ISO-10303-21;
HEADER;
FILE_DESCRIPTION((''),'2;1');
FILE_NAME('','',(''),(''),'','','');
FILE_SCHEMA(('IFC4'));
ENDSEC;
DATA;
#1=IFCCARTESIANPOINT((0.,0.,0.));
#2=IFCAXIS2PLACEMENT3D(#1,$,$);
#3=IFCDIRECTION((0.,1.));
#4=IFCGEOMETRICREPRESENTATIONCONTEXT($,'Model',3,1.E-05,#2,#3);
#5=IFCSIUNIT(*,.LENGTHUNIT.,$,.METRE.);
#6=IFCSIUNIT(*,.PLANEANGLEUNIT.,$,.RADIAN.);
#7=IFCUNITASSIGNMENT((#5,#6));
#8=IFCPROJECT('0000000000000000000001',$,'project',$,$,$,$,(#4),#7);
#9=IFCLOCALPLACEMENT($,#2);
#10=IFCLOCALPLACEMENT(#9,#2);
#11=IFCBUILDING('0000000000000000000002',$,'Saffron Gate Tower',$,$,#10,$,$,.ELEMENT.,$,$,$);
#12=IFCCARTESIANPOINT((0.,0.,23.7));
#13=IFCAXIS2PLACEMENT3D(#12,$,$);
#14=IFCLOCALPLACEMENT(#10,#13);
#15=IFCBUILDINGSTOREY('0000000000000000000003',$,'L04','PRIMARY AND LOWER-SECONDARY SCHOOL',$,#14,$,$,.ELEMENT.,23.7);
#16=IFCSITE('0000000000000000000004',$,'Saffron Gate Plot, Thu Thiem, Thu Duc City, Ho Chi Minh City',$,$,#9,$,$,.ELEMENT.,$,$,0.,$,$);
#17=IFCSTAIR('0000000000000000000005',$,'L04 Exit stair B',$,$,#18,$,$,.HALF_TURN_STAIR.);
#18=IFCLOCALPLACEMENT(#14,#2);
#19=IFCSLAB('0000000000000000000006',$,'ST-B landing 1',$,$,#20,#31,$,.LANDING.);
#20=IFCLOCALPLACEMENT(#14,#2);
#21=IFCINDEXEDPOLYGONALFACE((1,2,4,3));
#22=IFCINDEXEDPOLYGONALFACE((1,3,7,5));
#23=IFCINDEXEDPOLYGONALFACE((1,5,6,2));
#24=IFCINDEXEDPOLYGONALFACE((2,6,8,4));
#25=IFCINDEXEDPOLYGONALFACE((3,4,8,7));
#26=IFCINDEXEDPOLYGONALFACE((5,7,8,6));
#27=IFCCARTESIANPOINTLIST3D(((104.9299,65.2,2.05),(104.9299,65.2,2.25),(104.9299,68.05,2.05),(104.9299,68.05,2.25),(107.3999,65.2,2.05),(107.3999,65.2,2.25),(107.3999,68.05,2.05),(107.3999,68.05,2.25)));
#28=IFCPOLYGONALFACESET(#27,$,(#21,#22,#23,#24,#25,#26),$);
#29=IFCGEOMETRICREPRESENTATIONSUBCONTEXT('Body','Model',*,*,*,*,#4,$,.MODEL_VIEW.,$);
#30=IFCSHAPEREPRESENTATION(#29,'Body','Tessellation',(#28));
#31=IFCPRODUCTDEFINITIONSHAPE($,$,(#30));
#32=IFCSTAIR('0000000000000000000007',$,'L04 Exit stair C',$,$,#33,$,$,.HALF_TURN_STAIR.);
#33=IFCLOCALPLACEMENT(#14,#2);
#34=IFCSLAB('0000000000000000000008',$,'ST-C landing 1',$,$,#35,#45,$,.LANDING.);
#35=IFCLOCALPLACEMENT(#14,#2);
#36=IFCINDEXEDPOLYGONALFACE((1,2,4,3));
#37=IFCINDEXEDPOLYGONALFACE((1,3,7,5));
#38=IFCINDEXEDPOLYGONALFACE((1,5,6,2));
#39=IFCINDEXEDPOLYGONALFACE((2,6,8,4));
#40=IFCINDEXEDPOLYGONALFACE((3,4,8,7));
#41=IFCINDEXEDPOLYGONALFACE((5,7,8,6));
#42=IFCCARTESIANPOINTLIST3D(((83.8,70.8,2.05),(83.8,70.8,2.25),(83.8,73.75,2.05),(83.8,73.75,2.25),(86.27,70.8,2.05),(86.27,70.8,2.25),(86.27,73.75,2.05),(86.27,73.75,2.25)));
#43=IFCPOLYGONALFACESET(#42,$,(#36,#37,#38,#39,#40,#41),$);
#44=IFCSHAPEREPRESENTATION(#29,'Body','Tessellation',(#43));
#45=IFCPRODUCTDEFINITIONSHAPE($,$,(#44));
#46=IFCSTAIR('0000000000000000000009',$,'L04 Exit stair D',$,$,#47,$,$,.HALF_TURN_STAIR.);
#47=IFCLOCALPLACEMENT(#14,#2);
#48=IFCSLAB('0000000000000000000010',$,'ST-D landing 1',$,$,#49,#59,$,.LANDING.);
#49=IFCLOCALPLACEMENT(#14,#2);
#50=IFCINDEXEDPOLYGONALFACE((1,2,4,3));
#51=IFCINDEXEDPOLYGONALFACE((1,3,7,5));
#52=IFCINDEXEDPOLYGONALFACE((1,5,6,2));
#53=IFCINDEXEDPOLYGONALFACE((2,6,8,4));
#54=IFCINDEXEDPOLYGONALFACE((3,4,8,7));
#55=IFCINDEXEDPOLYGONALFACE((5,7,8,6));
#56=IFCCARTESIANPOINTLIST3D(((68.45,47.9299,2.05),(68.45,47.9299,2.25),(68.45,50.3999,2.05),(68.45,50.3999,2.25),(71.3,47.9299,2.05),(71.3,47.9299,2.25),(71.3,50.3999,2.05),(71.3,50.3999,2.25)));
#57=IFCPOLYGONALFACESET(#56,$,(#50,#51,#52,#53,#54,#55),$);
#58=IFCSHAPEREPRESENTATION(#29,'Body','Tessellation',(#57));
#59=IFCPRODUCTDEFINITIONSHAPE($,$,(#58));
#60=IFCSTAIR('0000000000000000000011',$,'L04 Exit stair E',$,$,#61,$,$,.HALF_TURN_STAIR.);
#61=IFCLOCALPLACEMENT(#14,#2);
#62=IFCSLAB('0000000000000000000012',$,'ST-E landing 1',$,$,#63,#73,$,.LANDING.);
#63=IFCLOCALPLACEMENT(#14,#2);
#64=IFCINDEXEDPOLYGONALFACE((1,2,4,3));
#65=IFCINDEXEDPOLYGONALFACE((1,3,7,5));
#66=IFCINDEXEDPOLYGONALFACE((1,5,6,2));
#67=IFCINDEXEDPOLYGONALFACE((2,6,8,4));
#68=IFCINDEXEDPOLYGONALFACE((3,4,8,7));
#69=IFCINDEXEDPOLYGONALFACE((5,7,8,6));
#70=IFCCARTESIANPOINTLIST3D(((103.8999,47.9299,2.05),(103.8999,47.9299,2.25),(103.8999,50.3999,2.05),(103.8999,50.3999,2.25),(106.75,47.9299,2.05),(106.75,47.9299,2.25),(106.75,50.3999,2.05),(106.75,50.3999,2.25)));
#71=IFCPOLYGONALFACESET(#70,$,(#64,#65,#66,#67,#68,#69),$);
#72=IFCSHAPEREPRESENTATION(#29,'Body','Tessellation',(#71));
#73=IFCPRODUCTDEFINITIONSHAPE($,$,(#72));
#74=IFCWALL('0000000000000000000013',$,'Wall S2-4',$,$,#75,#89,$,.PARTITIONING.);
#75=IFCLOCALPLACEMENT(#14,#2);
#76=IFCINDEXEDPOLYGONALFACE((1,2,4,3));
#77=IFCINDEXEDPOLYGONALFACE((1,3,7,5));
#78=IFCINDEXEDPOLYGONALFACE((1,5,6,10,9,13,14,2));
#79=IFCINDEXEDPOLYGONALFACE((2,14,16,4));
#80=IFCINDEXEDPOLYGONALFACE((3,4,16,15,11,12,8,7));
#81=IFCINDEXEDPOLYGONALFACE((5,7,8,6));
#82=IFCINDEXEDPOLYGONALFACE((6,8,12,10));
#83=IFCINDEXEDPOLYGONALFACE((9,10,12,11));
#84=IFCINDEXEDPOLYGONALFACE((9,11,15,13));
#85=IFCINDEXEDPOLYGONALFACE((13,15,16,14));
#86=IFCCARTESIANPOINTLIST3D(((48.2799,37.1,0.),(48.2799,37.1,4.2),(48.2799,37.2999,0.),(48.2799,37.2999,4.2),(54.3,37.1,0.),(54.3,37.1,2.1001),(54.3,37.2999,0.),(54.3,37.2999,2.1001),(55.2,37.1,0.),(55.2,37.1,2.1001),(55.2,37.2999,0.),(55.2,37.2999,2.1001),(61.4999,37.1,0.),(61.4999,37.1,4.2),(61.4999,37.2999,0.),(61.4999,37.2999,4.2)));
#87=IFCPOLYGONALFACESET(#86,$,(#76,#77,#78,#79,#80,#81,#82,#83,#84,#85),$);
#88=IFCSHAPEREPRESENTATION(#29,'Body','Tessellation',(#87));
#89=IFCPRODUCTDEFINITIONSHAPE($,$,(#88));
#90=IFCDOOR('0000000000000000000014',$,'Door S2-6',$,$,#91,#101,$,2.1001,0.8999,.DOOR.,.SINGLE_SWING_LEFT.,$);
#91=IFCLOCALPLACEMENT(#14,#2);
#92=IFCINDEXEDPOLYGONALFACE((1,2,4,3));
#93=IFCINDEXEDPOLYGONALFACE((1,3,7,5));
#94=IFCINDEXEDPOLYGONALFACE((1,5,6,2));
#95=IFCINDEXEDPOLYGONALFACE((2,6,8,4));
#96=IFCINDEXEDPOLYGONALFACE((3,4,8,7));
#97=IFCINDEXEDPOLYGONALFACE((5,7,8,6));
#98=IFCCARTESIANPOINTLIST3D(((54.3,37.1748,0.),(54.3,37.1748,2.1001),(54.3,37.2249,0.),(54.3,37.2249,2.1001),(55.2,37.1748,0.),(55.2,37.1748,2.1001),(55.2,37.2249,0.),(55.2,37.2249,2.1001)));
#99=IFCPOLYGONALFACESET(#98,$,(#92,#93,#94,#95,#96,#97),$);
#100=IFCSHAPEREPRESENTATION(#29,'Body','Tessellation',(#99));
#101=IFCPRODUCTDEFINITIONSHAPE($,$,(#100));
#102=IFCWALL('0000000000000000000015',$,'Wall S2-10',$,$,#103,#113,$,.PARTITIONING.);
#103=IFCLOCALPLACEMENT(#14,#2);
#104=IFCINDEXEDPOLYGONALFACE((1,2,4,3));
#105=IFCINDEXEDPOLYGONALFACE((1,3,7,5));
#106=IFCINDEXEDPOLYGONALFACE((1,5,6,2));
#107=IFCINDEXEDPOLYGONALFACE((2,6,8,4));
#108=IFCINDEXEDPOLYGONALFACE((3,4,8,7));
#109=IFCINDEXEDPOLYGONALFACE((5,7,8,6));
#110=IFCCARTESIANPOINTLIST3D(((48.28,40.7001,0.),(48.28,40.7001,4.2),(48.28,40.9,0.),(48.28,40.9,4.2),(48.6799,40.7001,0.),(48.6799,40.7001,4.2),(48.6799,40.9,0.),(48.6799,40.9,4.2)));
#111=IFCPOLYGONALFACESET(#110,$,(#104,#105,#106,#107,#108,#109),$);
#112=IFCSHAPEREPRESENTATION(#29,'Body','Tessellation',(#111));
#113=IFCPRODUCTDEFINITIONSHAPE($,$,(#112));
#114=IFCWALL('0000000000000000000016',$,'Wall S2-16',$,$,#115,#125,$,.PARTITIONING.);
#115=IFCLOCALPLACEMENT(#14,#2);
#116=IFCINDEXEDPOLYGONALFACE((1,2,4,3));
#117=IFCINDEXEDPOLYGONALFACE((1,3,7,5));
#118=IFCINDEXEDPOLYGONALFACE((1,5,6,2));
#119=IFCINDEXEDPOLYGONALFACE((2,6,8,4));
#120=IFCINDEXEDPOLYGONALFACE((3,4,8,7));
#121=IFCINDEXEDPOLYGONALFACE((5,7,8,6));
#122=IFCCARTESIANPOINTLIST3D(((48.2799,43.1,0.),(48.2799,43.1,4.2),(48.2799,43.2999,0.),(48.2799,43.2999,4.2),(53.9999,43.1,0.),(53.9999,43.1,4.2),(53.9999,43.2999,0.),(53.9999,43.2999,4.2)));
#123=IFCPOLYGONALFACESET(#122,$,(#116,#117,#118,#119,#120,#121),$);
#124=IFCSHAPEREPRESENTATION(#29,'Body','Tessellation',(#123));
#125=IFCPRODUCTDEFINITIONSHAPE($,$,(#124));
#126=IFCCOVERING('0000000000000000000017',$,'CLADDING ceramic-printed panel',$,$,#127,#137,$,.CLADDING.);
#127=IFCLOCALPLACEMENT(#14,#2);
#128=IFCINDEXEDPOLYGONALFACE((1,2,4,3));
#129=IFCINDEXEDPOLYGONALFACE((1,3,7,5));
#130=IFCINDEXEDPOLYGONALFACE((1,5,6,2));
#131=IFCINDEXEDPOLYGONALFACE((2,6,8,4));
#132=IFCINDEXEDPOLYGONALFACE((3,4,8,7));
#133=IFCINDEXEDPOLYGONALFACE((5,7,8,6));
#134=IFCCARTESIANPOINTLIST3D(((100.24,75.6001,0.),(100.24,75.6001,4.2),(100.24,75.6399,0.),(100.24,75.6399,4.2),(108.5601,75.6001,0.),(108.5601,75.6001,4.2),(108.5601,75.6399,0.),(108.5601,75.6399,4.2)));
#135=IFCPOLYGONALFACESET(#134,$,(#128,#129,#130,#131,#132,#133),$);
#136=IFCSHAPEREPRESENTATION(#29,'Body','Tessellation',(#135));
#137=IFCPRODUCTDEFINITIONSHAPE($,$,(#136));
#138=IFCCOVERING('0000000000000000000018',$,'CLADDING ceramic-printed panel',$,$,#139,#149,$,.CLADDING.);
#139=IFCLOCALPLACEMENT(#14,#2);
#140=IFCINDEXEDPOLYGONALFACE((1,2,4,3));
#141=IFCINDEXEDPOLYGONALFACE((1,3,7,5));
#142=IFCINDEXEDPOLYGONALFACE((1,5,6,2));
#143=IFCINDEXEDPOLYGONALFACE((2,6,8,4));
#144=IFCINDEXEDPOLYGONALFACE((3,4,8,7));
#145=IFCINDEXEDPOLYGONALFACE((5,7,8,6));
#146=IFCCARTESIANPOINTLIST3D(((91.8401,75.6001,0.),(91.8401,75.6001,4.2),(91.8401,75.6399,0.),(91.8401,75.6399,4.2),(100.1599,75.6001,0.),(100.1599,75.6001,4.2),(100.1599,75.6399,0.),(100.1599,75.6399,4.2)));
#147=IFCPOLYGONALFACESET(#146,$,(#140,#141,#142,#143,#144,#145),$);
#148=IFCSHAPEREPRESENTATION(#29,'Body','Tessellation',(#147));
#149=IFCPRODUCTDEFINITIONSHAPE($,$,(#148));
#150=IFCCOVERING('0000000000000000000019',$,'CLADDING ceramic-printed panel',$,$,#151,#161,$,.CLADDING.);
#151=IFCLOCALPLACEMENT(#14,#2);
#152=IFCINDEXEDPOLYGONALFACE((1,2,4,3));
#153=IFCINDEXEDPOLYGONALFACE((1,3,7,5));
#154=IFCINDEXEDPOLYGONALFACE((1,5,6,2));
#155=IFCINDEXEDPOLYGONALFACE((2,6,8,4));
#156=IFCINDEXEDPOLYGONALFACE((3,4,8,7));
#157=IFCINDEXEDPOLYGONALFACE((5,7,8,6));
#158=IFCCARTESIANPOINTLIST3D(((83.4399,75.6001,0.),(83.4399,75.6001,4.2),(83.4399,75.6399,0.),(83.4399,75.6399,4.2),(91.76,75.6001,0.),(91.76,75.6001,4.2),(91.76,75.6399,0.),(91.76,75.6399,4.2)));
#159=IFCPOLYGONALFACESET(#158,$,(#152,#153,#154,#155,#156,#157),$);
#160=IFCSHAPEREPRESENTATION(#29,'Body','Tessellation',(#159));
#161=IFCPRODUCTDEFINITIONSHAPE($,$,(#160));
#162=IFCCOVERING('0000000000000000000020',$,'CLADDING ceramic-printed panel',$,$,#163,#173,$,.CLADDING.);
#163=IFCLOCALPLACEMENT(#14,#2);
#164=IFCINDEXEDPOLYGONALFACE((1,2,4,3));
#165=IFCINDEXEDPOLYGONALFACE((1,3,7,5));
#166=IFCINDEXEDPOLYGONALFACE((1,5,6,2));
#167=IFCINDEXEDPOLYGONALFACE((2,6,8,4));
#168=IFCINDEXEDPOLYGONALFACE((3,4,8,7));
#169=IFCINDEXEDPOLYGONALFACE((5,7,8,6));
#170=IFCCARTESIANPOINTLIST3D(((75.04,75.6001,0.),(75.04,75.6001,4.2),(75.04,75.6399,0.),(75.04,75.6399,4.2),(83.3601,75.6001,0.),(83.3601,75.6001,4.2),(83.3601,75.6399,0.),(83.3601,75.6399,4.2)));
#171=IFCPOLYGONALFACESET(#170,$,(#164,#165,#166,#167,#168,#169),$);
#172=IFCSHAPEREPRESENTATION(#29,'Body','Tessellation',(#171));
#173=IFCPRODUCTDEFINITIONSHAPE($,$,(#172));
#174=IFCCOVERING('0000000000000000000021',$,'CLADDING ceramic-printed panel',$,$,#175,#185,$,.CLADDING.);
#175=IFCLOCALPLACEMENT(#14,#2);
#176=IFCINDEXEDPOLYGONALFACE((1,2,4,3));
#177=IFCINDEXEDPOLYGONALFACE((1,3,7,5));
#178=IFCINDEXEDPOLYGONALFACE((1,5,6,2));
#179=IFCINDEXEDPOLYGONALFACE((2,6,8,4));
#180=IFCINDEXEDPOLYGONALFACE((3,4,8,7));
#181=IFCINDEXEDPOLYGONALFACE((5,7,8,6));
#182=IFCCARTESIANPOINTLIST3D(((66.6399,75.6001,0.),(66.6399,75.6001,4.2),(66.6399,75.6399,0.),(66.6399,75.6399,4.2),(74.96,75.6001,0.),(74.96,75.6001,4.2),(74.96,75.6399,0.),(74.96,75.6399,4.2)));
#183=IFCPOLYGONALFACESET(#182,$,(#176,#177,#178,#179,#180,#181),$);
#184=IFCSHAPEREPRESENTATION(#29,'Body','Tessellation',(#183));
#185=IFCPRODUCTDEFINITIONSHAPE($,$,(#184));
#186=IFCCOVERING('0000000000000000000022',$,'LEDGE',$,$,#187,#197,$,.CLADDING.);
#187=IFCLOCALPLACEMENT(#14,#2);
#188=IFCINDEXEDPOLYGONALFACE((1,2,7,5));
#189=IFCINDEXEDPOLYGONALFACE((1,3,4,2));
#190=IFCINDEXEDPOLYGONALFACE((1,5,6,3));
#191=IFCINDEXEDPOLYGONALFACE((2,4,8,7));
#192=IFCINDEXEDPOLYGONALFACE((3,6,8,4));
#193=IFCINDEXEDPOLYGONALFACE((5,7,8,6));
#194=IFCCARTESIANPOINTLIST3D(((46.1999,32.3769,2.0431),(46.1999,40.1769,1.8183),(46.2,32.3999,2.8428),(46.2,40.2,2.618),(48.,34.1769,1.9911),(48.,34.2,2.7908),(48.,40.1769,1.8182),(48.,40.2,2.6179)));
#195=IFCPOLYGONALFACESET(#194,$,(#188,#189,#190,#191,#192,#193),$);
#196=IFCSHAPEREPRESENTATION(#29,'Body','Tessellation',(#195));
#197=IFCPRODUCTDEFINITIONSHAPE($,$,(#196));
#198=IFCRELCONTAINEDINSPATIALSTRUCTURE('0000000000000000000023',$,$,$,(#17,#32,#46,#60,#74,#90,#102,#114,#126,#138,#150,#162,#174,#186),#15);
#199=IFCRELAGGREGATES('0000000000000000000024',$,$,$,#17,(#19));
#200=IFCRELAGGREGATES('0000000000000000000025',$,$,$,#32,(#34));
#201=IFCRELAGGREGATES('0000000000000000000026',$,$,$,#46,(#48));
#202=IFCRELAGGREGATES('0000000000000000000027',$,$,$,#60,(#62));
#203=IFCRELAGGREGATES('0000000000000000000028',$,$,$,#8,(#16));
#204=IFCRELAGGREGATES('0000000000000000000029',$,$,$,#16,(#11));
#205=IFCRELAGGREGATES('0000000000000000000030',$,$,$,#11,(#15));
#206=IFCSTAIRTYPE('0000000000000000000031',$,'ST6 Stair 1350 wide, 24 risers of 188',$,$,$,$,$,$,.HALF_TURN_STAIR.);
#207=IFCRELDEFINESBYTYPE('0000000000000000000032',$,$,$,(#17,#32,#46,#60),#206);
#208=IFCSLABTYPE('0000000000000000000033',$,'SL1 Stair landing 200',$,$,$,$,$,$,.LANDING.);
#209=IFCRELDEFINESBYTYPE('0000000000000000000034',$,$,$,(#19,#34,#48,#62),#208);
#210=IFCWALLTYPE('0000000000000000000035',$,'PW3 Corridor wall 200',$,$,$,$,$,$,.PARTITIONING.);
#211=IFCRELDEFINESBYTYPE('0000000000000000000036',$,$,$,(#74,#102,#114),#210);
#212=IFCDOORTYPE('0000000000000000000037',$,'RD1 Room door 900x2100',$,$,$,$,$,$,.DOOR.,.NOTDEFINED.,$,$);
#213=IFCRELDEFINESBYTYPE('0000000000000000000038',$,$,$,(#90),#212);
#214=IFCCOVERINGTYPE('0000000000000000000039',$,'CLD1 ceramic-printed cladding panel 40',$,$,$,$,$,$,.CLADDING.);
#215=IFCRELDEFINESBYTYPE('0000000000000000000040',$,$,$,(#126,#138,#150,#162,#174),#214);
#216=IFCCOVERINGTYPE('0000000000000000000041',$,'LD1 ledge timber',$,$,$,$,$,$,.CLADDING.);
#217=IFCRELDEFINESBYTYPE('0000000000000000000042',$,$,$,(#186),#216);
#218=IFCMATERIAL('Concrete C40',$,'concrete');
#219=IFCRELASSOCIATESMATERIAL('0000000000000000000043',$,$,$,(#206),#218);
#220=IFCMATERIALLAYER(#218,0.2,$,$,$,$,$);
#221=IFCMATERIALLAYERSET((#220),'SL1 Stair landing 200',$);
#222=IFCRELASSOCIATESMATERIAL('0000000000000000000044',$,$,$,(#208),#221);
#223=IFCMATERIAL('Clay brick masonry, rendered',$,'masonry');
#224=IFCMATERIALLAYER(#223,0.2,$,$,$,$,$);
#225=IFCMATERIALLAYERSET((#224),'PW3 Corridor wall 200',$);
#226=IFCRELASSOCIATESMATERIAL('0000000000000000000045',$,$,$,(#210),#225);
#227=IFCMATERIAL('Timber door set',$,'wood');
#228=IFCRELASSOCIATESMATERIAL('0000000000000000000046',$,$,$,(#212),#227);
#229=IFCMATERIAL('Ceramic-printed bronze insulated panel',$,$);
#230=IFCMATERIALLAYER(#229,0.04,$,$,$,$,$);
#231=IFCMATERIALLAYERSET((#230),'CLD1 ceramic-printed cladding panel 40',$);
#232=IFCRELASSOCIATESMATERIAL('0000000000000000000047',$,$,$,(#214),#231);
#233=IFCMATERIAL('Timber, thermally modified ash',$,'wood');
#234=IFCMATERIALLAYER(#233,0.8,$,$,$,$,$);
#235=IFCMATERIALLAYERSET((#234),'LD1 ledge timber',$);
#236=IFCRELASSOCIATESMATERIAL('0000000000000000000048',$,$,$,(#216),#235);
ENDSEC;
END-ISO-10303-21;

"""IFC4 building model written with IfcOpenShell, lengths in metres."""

from ifc_helpers import new_model, si_unit, direction, frame, frame_2d, origin, place, context, subcontext, project, spatial, polyline, rectangle, outline, extrude, material, layer, layer_set, type_object, element, fill, aggregate, save


model = new_model("IFC4")

# Units and contexts
model_context = context("Model", 3, precision=1e-05, world=origin(), true_north=direction((0.0, 1.0)))
body_context = subcontext(model_context, "Body", "Model", "MODEL_VIEW")
ifc_project = project(units=[si_unit("LENGTHUNIT", "METRE"), si_unit("PLANEANGLEUNIT", "RADIAN")], contexts=[model_context])

# Site, building, storey
site_placement = place(None, origin())
site = spatial("IfcSite", under=ifc_project, at=site_placement, Name="Saffron Gate Plot, Thu Thiem, Thu Duc City, Ho Chi Minh City", CompositionType="ELEMENT", RefElevation=0.0)
building_placement = place(site_placement, origin())
building = spatial("IfcBuilding", under=site, at=building_placement, Name="Saffron Gate Tower", CompositionType="ELEMENT")
storey_placement = place(building_placement, frame((0.0, 0.0, 23.7)))
storey = spatial("IfcBuildingStorey", under=building, at=storey_placement, Name="L04", Description="PRIMARY AND LOWER-SECONDARY SCHOOL", CompositionType="ELEMENT", Elevation=23.7)

# Shared definitions
ifc_material_1 = material(Name="Concrete C40", Category="concrete")

# Stairs, slabs
stair_type = type_object("IfcStairType", Name="ST6 Stair 1350 wide, 24 risers of 188", PredefinedType="HALF_TURN_STAIR", material=ifc_material_1)
ifc_layer_1 = layer(ifc_material_1, 0.2)
ifc_layer_set_1 = layer_set([ifc_layer_1], Name="SL1 Stair landing 200")
slab_type_1 = type_object("IfcSlabType", Name="SL1 Stair landing 200", PredefinedType="LANDING", material=ifc_layer_set_1)
stair_1_placement = place(storey_placement, origin())
stair_1 = element("IfcStair", 1, at=stair_1_placement, inside=storey, type_object=stair_type, Name="L04 Exit stair B", PredefinedType="HALF_TURN_STAIR")
slab_1_placement = place(storey_placement, frame((0.0, 0.0, 2.05)))
slab_1 = element("IfcSlab", 2, at=slab_1_placement, type_object=slab_type_1, Name="ST-B landing 1", PredefinedType="LANDING", context=body_context, shape_type="SweptSolid", body=[
    extrude(outline(polyline([(104.9299, 65.2), (107.3999, 65.2), (107.3999, 68.05), (104.9299, 68.05), (104.9299, 65.2)])), origin(), (0.0, 0.0, 1.0), 0.2),
])
aggregate(stair_1, [slab_1])
stair_2_placement = place(storey_placement, origin())
stair_2 = element("IfcStair", 3, at=stair_2_placement, inside=storey, type_object=stair_type, Name="L04 Exit stair C", PredefinedType="HALF_TURN_STAIR")
slab_2_placement = place(storey_placement, frame((0.0, 0.0, 2.05)))
slab_2 = element("IfcSlab", 4, at=slab_2_placement, type_object=slab_type_1, Name="ST-C landing 1", PredefinedType="LANDING", context=body_context, shape_type="SweptSolid", body=[
    extrude(outline(polyline([(86.27, 73.75), (83.8, 73.75), (83.8, 70.8), (86.27, 70.8), (86.27, 73.75)])), origin(), (0.0, 0.0, 1.0), 0.2),
])
aggregate(stair_2, [slab_2])
stair_3_placement = place(storey_placement, origin())
stair_3 = element("IfcStair", 5, at=stair_3_placement, inside=storey, type_object=stair_type, Name="L04 Exit stair D", PredefinedType="HALF_TURN_STAIR")
slab_3_placement = place(storey_placement, frame((0.0, 0.0, 2.05)))
slab_3 = element("IfcSlab", 6, at=slab_3_placement, type_object=slab_type_1, Name="ST-D landing 1", PredefinedType="LANDING", context=body_context, shape_type="SweptSolid", body=[
    extrude(outline(polyline([(71.3, 47.9299), (71.3, 50.3999), (68.45, 50.3999), (68.45, 47.9299), (71.3, 47.9299)])), origin(), (0.0, 0.0, 1.0), 0.2),
])
aggregate(stair_3, [slab_3])
stair_4_placement = place(storey_placement, origin())
stair_4 = element("IfcStair", 7, at=stair_4_placement, inside=storey, type_object=stair_type, Name="L04 Exit stair E", PredefinedType="HALF_TURN_STAIR")
slab_4_placement = place(storey_placement, frame((0.0, 0.0, 2.05)))
slab_4 = element("IfcSlab", 8, at=slab_4_placement, type_object=slab_type_1, Name="ST-E landing 1", PredefinedType="LANDING", context=body_context, shape_type="SweptSolid", body=[
    extrude(outline(polyline([(106.75, 47.9299), (106.75, 50.3999), (103.8999, 50.3999), (103.8999, 47.9299), (106.75, 47.9299)])), origin(), (0.0, 0.0, 1.0), 0.2),
])
aggregate(stair_4, [slab_4])

# Wall, opening, door
ifc_material_2 = material(Name="Clay brick masonry, rendered", Category="masonry")
ifc_layer_2 = layer(ifc_material_2, 0.2)
ifc_layer_set_2 = layer_set([ifc_layer_2], Name="PW3 Corridor wall 200")
wall_type = type_object("IfcWallType", Name="PW3 Corridor wall 200", PredefinedType="PARTITIONING", material=ifc_layer_set_2)
wall_1_placement = place(storey_placement, frame((48.28, 37.2, 0.0), z_axis=(0.0, 0.0, 1.0), x_axis=(1.0, 0.0, 0.0)))
wall_1 = element("IfcWall", 9, at=wall_1_placement, inside=storey, type_object=wall_type, Name="Wall S2-4", PredefinedType="PARTITIONING", context=body_context, shape_type="SweptSolid", body=[
    extrude(rectangle(XDim=13.22, YDim=0.2, at=frame_2d((6.6099, 0.0))), origin(), (0.0, 0.0, 1.0), 4.2),
])
opening_placement = place(wall_1_placement, frame((6.02, 0.0, 0.0)))
opening = element("IfcOpeningElement", 10, at=opening_placement, cuts=wall_1, PredefinedType="OPENING", context=body_context, shape_type="SweptSolid", body=[
    extrude(rectangle(XDim=0.8999, YDim=2.1001, at=frame_2d((0.45, 1.05))), frame((0.0, 0.1099, 0.0), z_axis=(0.0, -1.0, 0.0), x_axis=(1.0, 0.0, 0.0)), (0.0, 0.0, 1.0), 0.22),
])
ifc_material_3 = material(Name="Timber door set", Category="wood")
door_type = type_object("IfcDoorType", Name="RD1 Room door 900x2100", OperationType="NOTDEFINED", PredefinedType="DOOR", material=ifc_material_3)
door_placement = place(opening_placement, origin())
door = element("IfcDoor", 11, at=door_placement, inside=storey, type_object=door_type, Name="Door S2-6", OperationType="SINGLE_SWING_LEFT", OverallHeight=2.1001, OverallWidth=0.8999, PredefinedType="DOOR", context=body_context, shape_type="SweptSolid", body=[
    extrude(rectangle(XDim=0.8999, YDim=2.1001, at=frame_2d((0.45, 1.05))), frame((0.0, 0.0249, 0.0), z_axis=(0.0, -1.0, 0.0), x_axis=(1.0, 0.0, 0.0)), (0.0, 0.0, 1.0), 0.05),
])
fill(opening, door)

# Walls
wall_2_placement = place(storey_placement, frame((48.28, 40.8, 0.0), z_axis=(0.0, 0.0, 1.0), x_axis=(1.0, 0.0, 0.0)))
element("IfcWall", 12, at=wall_2_placement, inside=storey, type_object=wall_type, Name="Wall S2-10", PredefinedType="PARTITIONING", context=body_context, shape_type="SweptSolid", body=[
    extrude(rectangle(XDim=0.3999, YDim=0.2, at=frame_2d((0.2, 0.0))), origin(), (0.0, 0.0, 1.0), 4.2),
])
wall_3_placement = place(storey_placement, frame((48.28, 43.2, 0.0), z_axis=(0.0, 0.0, 1.0), x_axis=(1.0, 0.0, 0.0)))
element("IfcWall", 13, at=wall_3_placement, inside=storey, type_object=wall_type, Name="Wall S2-16", PredefinedType="PARTITIONING", context=body_context, shape_type="SweptSolid", body=[
    extrude(rectangle(XDim=5.72, YDim=0.2, at=frame_2d((2.8599, 0.0))), origin(), (0.0, 0.0, 1.0), 4.2),
])

# Coverings
ifc_material_4 = material(Name="Ceramic-printed bronze insulated panel")
ifc_layer_3 = layer(ifc_material_4, 0.04)
ifc_layer_set_3 = layer_set([ifc_layer_3], Name="CLD1 ceramic-printed cladding panel 40")
covering_type_1 = type_object("IfcCoveringType", Name="CLD1 ceramic-printed cladding panel 40", PredefinedType="CLADDING", material=ifc_layer_set_3)
covering_1_placement = place(storey_placement, origin())
element("IfcCovering", 14, at=covering_1_placement, inside=storey, type_object=covering_type_1, Name="CLADDING ceramic-printed panel", PredefinedType="CLADDING", context=body_context, shape_type="SweptSolid", body=[
    extrude(outline(polyline([(108.5601, 75.6399), (100.24, 75.6399), (100.24, 75.6001), (108.5601, 75.6001), (108.5601, 75.6399)])), origin(), (0.0, 0.0, 1.0), 4.2),
])
covering_2_placement = place(storey_placement, origin())
element("IfcCovering", 15, at=covering_2_placement, inside=storey, type_object=covering_type_1, Name="CLADDING ceramic-printed panel", PredefinedType="CLADDING", context=body_context, shape_type="SweptSolid", body=[
    extrude(outline(polyline([(100.1599, 75.6399), (91.8401, 75.6399), (91.8401, 75.6001), (100.1599, 75.6001), (100.1599, 75.6399)])), origin(), (0.0, 0.0, 1.0), 4.2),
])
covering_3_placement = place(storey_placement, origin())
element("IfcCovering", 16, at=covering_3_placement, inside=storey, type_object=covering_type_1, Name="CLADDING ceramic-printed panel", PredefinedType="CLADDING", context=body_context, shape_type="SweptSolid", body=[
    extrude(outline(polyline([(91.76, 75.6399), (83.4399, 75.6399), (83.4399, 75.6001), (91.76, 75.6001), (91.76, 75.6399)])), origin(), (0.0, 0.0, 1.0), 4.2),
])
covering_4_placement = place(storey_placement, origin())
element("IfcCovering", 17, at=covering_4_placement, inside=storey, type_object=covering_type_1, Name="CLADDING ceramic-printed panel", PredefinedType="CLADDING", context=body_context, shape_type="SweptSolid", body=[
    extrude(outline(polyline([(83.3601, 75.6399), (75.04, 75.6399), (75.04, 75.6001), (83.3601, 75.6001), (83.3601, 75.6399)])), origin(), (0.0, 0.0, 1.0), 4.2),
])
covering_5_placement = place(storey_placement, origin())
element("IfcCovering", 18, at=covering_5_placement, inside=storey, type_object=covering_type_1, Name="CLADDING ceramic-printed panel", PredefinedType="CLADDING", context=body_context, shape_type="SweptSolid", body=[
    extrude(outline(polyline([(74.96, 75.6399), (66.6399, 75.6399), (66.6399, 75.6001), (74.96, 75.6001), (74.96, 75.6399)])), origin(), (0.0, 0.0, 1.0), 4.2),
])
ifc_material_5 = material(Name="Timber, thermally modified ash", Category="wood")
ifc_layer_4 = layer(ifc_material_5, 0.8)
ifc_layer_set_4 = layer_set([ifc_layer_4], Name="LD1 ledge timber")
covering_type_2 = type_object("IfcCoveringType", Name="LD1 ledge timber", PredefinedType="CLADDING", material=ifc_layer_set_4)
covering_6_placement = place(storey_placement, frame((48.0, 40.2, 2.6179), z_axis=(0.000035, 0.028807, 0.999585), x_axis=(0.0, -0.999585, 0.028807)))
element("IfcCovering", 19, at=covering_6_placement, inside=storey, type_object=covering_type_2, Name="LEDGE", PredefinedType="CLADDING", context=body_context, shape_type="SweptSolid", body=[
    extrude(outline(polyline([(0.0, 0.0), (6.0025, 0.0), (7.8033, -1.8), (0.0, -1.8), (0.0, 0.0)])), origin(), (0.0, 0.0, -1.0), 0.8),
])

save(model, "model.ifc")
